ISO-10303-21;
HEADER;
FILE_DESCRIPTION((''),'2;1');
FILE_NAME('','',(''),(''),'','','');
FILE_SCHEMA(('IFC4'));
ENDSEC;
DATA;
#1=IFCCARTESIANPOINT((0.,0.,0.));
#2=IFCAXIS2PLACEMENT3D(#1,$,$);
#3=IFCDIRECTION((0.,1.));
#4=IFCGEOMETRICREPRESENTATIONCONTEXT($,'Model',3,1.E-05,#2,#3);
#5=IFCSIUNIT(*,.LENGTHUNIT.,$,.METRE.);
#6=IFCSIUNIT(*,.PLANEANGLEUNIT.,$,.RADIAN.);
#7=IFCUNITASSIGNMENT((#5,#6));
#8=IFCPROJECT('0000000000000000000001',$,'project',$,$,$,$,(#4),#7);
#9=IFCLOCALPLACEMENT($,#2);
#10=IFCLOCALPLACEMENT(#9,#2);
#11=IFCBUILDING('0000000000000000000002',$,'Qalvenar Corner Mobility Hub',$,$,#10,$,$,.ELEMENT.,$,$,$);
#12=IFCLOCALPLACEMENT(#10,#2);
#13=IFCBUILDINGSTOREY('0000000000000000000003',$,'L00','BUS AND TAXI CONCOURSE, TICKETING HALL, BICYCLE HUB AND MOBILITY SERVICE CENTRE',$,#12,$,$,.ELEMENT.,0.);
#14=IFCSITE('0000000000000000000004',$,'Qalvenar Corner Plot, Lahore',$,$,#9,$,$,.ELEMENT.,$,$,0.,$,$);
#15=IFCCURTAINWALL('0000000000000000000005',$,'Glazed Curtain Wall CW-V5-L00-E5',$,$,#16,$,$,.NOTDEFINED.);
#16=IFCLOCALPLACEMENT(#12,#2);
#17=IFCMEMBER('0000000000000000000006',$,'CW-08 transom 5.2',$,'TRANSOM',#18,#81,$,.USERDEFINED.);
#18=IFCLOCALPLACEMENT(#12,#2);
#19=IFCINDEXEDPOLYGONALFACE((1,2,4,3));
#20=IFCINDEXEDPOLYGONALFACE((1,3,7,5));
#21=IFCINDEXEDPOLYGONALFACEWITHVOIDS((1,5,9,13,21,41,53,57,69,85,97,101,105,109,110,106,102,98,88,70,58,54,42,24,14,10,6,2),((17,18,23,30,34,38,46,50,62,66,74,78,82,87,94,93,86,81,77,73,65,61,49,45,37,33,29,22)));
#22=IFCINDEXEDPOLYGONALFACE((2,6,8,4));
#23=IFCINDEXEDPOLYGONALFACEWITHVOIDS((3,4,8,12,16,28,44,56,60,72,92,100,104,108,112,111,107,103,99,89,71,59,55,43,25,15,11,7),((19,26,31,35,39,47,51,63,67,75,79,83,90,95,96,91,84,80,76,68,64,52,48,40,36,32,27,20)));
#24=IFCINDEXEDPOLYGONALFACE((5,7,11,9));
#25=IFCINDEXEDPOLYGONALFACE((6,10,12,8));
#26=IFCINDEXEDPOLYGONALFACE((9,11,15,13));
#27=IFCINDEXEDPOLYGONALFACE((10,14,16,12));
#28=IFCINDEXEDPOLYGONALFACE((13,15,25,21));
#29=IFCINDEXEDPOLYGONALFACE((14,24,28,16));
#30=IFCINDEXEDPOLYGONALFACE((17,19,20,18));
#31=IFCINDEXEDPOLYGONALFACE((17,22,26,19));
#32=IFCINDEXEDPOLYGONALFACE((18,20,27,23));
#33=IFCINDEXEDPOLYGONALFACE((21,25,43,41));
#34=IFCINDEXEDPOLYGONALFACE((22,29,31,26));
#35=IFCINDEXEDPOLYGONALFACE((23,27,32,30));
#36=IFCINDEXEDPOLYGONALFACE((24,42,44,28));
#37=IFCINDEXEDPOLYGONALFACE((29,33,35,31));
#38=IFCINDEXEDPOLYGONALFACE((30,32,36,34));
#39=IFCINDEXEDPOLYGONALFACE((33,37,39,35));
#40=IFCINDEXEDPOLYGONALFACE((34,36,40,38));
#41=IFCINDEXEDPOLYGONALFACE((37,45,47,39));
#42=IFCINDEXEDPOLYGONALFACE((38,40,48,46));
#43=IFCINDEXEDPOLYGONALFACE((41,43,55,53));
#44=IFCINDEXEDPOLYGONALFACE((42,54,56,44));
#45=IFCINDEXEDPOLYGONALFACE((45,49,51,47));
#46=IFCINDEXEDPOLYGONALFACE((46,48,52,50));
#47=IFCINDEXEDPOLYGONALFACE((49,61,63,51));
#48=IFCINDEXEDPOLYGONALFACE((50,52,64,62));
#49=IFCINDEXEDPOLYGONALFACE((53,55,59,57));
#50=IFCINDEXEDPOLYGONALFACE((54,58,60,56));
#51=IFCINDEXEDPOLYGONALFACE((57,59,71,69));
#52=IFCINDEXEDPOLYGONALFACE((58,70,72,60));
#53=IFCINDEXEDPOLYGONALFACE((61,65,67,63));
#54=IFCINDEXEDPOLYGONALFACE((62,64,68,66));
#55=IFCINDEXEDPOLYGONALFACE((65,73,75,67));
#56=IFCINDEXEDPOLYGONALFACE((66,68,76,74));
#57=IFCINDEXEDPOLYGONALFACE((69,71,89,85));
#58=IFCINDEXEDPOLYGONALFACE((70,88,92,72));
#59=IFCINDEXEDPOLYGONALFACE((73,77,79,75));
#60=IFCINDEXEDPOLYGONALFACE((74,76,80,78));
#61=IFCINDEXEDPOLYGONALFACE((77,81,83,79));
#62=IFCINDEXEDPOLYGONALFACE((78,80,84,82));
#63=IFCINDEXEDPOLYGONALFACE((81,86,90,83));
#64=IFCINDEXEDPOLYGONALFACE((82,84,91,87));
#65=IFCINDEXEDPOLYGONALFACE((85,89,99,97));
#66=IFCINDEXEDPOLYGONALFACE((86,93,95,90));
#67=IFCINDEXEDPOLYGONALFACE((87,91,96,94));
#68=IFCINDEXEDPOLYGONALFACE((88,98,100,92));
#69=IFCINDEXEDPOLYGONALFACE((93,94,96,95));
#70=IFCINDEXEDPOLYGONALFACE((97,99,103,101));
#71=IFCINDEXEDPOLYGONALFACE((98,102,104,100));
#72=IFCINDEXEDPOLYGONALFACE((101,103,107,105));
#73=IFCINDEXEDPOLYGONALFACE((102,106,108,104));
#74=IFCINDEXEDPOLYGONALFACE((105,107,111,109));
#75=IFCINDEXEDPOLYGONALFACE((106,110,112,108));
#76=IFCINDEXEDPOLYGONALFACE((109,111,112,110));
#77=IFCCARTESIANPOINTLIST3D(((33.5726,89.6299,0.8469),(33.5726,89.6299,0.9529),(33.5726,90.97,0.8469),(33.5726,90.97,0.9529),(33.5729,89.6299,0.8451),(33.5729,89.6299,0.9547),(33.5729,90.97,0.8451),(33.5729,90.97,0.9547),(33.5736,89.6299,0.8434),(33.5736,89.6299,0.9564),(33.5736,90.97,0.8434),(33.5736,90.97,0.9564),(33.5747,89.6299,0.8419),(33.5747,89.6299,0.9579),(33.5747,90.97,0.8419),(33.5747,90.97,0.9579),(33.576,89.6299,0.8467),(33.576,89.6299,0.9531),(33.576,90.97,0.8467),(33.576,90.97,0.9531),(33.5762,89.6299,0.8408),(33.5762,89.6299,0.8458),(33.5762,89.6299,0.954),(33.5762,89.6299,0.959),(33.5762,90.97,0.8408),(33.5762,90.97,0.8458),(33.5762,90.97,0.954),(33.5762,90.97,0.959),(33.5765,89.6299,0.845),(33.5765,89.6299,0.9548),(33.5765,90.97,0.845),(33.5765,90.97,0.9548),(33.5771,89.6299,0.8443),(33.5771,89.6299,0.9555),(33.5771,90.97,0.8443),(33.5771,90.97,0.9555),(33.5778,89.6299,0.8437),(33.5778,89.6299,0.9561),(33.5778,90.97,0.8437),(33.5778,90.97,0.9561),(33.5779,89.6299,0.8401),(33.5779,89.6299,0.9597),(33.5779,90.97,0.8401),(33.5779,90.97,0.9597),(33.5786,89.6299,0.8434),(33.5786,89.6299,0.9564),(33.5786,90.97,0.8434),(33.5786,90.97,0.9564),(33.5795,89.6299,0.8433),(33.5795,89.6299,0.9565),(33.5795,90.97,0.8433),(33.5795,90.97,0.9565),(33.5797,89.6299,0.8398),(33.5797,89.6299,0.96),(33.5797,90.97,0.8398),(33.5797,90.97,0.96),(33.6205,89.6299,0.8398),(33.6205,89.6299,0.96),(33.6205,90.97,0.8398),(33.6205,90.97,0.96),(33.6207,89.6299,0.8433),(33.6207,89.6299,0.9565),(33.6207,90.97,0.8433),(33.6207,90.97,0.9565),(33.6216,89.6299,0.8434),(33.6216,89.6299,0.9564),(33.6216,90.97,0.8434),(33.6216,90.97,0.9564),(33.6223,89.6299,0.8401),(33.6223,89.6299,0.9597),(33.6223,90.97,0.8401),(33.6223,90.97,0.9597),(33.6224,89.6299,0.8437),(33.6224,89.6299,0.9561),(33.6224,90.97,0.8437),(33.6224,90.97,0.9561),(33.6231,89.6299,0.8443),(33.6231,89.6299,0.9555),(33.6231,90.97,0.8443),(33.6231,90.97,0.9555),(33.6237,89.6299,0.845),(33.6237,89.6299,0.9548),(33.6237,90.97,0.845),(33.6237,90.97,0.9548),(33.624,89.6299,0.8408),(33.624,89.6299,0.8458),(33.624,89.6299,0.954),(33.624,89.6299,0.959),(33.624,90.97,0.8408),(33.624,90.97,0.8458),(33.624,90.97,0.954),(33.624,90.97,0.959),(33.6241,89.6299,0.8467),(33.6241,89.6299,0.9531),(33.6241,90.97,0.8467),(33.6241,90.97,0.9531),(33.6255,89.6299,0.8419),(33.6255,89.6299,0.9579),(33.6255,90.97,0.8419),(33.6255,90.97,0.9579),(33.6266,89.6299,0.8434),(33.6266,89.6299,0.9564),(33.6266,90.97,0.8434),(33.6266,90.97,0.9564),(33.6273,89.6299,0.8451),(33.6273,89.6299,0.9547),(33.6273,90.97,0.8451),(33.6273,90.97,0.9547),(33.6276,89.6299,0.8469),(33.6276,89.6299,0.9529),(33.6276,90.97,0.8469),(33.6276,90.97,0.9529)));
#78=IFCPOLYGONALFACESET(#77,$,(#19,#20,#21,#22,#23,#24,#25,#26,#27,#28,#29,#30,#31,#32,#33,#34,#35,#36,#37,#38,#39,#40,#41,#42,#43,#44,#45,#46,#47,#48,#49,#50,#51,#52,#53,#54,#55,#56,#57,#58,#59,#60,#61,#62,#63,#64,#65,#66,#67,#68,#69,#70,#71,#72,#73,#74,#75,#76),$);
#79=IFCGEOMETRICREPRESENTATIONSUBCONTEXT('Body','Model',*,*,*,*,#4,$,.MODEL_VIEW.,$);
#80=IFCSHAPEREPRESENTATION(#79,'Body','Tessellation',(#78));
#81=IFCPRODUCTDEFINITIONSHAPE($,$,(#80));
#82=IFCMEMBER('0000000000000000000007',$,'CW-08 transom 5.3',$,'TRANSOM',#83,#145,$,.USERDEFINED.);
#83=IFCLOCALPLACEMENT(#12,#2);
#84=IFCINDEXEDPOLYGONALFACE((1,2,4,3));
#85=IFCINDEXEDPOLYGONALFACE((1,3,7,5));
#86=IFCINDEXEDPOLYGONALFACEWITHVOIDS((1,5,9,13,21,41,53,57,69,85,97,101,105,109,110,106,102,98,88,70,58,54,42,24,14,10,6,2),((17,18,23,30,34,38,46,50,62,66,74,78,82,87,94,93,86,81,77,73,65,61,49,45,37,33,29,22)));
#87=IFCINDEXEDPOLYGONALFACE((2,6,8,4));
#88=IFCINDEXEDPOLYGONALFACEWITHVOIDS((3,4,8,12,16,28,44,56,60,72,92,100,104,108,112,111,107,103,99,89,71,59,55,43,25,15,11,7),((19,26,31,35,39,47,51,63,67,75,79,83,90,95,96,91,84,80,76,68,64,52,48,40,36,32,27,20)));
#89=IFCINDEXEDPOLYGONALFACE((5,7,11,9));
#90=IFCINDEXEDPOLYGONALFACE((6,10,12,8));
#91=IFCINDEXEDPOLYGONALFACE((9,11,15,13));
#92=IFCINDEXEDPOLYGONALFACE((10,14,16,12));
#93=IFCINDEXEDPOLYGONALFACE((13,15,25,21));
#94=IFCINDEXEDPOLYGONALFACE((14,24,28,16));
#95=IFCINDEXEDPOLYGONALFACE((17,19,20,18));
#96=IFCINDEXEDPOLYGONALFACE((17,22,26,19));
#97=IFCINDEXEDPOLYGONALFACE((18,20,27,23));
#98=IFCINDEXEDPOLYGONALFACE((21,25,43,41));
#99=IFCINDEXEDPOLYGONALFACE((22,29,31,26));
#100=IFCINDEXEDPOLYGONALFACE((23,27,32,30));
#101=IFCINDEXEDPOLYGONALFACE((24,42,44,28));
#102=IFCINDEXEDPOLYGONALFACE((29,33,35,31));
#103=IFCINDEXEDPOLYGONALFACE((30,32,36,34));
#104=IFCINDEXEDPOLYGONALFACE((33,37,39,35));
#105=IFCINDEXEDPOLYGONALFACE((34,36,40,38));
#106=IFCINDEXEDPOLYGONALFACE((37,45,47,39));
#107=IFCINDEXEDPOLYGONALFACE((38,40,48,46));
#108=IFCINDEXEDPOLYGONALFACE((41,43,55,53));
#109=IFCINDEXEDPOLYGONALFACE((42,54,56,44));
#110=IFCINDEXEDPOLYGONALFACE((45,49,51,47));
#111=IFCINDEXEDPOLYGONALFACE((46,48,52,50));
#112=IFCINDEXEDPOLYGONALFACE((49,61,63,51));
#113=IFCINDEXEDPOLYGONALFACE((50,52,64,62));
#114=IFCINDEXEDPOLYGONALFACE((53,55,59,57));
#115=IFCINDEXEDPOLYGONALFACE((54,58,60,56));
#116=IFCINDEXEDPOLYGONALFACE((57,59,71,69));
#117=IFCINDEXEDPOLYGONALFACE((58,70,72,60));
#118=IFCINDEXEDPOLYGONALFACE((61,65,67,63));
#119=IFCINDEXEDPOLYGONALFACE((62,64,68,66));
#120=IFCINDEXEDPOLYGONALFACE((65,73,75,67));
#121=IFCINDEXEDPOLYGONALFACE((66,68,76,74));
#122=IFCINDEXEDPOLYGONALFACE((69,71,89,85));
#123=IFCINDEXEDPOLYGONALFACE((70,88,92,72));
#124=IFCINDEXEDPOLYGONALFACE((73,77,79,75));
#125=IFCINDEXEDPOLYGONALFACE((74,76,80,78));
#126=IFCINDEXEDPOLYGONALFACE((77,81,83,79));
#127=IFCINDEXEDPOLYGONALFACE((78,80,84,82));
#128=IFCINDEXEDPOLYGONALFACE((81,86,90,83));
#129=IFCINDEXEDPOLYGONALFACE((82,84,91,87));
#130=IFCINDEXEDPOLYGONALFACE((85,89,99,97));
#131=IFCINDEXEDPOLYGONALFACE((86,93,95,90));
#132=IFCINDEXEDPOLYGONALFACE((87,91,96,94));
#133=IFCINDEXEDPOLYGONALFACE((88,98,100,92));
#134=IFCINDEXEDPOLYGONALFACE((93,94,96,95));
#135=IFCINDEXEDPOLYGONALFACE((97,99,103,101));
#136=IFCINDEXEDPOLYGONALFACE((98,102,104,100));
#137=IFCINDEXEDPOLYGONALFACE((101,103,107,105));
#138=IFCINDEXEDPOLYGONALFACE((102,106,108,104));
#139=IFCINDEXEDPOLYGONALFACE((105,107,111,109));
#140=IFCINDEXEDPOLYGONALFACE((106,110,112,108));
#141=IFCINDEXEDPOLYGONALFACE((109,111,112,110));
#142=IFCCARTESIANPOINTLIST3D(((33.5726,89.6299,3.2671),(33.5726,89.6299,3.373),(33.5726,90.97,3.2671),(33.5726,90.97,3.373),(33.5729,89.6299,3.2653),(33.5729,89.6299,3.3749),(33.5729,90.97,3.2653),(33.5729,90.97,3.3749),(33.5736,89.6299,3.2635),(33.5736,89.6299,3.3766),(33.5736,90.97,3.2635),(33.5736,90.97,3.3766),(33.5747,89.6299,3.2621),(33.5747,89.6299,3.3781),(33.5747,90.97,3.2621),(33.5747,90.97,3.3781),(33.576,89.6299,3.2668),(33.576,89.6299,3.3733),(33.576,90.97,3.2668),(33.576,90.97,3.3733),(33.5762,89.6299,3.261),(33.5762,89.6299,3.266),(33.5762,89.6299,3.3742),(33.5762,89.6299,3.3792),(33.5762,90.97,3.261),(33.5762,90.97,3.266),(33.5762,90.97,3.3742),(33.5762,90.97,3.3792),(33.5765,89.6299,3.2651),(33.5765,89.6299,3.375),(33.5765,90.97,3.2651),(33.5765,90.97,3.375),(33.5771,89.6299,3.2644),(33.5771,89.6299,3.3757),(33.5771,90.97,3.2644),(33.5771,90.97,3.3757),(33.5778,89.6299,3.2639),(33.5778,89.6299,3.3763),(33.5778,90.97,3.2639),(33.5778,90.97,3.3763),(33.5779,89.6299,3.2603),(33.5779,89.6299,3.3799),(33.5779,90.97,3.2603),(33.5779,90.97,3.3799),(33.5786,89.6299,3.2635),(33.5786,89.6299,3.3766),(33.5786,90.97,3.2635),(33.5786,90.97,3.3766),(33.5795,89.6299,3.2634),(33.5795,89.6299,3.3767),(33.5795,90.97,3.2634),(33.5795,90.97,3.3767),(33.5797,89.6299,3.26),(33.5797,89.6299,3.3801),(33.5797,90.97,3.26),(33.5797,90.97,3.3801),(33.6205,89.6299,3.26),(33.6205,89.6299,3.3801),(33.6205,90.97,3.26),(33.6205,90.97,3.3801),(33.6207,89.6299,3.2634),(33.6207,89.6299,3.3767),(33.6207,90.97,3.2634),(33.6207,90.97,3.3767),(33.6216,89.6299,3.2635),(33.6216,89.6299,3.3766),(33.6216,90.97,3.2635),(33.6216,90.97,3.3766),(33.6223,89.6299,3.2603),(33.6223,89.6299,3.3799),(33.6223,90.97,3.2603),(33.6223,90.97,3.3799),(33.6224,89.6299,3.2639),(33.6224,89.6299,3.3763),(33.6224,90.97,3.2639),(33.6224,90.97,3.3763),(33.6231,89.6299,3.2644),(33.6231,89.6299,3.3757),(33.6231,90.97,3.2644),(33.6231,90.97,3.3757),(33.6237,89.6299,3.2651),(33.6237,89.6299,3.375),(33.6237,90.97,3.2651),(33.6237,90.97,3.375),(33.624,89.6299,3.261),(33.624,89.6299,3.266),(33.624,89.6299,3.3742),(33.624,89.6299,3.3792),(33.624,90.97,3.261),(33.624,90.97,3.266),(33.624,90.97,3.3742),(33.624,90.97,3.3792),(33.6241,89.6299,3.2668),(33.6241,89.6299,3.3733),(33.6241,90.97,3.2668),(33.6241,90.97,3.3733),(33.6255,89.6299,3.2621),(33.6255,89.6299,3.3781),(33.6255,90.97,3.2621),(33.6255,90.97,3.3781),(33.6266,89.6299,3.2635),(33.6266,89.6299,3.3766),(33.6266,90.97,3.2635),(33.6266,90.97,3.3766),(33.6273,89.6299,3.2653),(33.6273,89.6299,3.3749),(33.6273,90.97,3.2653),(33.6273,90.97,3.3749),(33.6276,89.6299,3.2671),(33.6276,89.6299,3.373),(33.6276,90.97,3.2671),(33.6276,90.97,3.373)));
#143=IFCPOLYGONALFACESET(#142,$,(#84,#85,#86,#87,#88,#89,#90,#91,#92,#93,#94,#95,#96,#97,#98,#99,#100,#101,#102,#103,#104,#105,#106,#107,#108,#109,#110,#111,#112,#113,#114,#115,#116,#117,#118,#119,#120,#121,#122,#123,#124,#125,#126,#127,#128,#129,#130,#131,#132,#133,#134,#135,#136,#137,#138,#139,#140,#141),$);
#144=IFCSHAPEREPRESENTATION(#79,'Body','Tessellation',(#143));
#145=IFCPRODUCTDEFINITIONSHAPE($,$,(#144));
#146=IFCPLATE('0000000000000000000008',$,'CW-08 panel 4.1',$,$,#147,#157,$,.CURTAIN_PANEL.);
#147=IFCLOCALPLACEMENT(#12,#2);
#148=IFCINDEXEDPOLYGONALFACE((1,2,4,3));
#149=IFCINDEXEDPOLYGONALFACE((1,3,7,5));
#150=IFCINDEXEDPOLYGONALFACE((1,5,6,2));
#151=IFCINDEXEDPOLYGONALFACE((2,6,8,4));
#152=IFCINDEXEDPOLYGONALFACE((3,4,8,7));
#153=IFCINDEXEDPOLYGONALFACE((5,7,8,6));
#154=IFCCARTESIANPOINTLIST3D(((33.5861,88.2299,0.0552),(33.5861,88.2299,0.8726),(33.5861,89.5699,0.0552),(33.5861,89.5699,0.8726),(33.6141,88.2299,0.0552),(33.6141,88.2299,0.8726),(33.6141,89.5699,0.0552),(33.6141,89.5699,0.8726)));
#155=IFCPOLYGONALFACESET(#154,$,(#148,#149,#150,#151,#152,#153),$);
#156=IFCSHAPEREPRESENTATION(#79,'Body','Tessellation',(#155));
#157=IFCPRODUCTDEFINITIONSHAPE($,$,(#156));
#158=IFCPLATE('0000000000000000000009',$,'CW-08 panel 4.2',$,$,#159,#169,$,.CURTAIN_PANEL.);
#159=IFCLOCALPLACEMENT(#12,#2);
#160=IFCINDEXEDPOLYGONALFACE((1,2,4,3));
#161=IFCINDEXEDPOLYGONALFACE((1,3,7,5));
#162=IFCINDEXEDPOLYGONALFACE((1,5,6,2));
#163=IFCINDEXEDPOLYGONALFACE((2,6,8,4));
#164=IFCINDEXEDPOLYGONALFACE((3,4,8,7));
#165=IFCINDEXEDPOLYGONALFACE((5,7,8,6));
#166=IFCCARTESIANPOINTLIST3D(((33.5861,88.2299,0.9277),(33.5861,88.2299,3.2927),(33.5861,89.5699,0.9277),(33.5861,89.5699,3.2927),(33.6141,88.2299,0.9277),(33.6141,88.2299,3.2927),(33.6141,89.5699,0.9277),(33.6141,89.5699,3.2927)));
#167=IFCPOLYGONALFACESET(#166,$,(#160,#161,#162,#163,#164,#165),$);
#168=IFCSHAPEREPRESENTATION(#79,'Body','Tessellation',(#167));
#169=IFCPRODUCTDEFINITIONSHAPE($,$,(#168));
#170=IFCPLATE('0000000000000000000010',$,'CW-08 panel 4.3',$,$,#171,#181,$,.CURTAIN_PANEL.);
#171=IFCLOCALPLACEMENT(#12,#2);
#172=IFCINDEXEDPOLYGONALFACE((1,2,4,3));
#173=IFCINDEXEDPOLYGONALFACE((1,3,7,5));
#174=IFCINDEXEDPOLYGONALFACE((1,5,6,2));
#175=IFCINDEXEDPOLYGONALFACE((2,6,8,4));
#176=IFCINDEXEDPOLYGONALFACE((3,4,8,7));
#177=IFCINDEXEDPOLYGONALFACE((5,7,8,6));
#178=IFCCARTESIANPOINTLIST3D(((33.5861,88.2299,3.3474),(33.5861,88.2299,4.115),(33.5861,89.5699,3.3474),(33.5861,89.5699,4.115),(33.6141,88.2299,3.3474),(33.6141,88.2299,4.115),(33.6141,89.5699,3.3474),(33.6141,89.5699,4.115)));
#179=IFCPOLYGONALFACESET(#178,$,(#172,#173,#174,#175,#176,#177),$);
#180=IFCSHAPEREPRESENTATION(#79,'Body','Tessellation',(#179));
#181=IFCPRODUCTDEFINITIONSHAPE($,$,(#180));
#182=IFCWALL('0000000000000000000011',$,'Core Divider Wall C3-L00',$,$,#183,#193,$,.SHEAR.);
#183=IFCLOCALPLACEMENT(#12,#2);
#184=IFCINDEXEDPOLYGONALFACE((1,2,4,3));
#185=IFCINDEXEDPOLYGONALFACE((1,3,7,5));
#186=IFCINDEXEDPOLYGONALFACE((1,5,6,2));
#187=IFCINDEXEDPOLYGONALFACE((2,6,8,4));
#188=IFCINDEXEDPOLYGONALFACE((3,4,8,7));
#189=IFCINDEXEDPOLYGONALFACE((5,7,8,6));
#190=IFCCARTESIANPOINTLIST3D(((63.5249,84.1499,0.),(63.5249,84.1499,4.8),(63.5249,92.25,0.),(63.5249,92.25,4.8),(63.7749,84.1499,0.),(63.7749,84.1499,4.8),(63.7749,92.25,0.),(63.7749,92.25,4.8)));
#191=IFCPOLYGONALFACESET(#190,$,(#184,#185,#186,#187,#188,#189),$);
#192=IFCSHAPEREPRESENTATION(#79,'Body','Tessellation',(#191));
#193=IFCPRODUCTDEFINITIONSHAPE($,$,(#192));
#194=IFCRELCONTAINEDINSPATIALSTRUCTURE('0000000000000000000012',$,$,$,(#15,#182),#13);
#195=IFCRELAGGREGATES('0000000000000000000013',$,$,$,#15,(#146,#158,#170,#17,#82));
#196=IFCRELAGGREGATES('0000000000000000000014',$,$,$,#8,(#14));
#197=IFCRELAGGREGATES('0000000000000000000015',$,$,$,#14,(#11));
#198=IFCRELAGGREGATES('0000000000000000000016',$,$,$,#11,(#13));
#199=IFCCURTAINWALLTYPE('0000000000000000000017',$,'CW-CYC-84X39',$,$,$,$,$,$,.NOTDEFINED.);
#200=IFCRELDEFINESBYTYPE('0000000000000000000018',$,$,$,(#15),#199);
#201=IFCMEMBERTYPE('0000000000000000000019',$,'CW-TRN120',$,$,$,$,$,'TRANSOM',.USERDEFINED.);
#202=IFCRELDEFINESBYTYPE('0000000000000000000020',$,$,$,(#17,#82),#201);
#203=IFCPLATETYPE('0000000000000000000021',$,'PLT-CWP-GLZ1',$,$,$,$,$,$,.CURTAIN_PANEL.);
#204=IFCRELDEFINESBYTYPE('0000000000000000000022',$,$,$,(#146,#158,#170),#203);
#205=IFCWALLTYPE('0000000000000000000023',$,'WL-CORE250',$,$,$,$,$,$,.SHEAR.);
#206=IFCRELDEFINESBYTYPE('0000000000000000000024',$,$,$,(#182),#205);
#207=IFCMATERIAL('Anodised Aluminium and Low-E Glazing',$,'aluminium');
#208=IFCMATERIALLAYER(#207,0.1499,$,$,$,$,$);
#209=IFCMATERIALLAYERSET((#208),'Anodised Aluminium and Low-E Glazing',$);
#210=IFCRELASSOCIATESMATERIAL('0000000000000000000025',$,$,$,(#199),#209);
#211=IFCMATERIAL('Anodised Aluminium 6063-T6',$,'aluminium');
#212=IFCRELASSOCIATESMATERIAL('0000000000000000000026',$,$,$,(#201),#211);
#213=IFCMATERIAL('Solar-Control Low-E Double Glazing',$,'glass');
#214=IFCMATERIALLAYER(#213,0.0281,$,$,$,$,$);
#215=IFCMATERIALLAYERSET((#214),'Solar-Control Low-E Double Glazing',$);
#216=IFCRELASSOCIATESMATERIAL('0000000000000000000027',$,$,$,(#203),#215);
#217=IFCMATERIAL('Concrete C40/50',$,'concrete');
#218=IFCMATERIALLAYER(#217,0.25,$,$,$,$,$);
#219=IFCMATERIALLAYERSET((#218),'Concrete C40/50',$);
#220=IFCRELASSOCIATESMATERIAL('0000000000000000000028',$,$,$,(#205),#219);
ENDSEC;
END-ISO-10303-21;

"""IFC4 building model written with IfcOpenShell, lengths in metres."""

from ifc_helpers import new_model, si_unit, direction, frame, frame_2d, origin, origin_2d, place, context, subcontext, project, spatial, rectangle, hollow_rectangle, extrude, material, layer, layer_set, material_profile, profile_set, type_object, element, aggregate, save


model = new_model("IFC4")

# Units and contexts
model_context = context("Model", 3, precision=1e-05, world=origin(), true_north=direction((0.0, 1.0)))
body_context = subcontext(model_context, "Body", "Model", "MODEL_VIEW")
ifc_project = project(units=[si_unit("LENGTHUNIT", "METRE"), si_unit("PLANEANGLEUNIT", "RADIAN")], contexts=[model_context])

# Site, building, storey
site_placement = place(None, origin())
site = spatial("IfcSite", under=ifc_project, at=site_placement, Name="Qalvenar Corner Plot, Lahore", CompositionType="ELEMENT", RefElevation=0.0)
building_placement = place(site_placement, origin())
building = spatial("IfcBuilding", under=site, at=building_placement, Name="Qalvenar Corner Mobility Hub", CompositionType="ELEMENT")
storey_placement = place(building_placement, origin())
storey = spatial("IfcBuildingStorey", under=building, at=storey_placement, Name="L00", Description="BUS AND TAXI CONCOURSE, TICKETING HALL, BICYCLE HUB AND MOBILITY SERVICE CENTRE", CompositionType="ELEMENT", Elevation=0.0)

# Curtain wall, members, plates
ifc_material_1 = material(Name="Anodised Aluminium and Low-E Glazing", Category="aluminium")
ifc_layer_1 = layer(ifc_material_1, 0.1499)
ifc_layer_set_1 = layer_set([ifc_layer_1], Name="Anodised Aluminium and Low-E Glazing")
curtain_wall_type = type_object("IfcCurtainWallType", Name="CW-CYC-84X39", PredefinedType="NOTDEFINED", material=ifc_layer_set_1)
curtain_wall_placement = place(storey_placement, origin())
curtain_wall = element("IfcCurtainWall", 1, at=curtain_wall_placement, inside=storey, type_object=curtain_wall_type, Name="Glazed Curtain Wall CW-V5-L00-E5", PredefinedType="NOTDEFINED")
ifc_material_2 = material(Name="Anodised Aluminium 6063-T6", Category="aluminium")
ifc_material_profile_1 = material_profile(ifc_material_2, hollow_rectangle(XDim=0.0549, YDim=0.1201, WallThickness=0.0034, InnerFilletRadius=0.0034, OuterFilletRadius=0.0071, at=origin_2d()), Name="RHS120x55x3.5")
ifc_profile_set_1 = profile_set([ifc_material_profile_1], Name="Anodised Aluminium 6063-T6")
member_type_1 = type_object("IfcMemberType", Name="CW-TRN120", ElementType="TRANSOM", PredefinedType="USERDEFINED", material=ifc_profile_set_1)
member_1_placement = place(storey_placement, frame((33.6001, 89.6299, 0.8999), z_axis=(0.0, 1.0, 0.0), x_axis=(-1.0, 0.0, 0.0)))
member_1 = element("IfcMember", 2, at=member_1_placement, type_object=member_type_1, Name="CW-08 transom 5.2", ObjectType="TRANSOM", PredefinedType="USERDEFINED", context=body_context, shape_type="SweptSolid", body=[
    extrude(hollow_rectangle(XDim=0.0549, YDim=0.1201, WallThickness=0.0034, InnerFilletRadius=0.0034, OuterFilletRadius=0.0071, at=origin_2d()), origin(), (0.0, 0.0, 1.0), 1.3401),
])
member_2_placement = place(storey_placement, frame((33.6001, 89.6299, 3.3201), z_axis=(0.0, 1.0, 0.0), x_axis=(-1.0, 0.0, 0.0)))
member_2 = element("IfcMember", 3, at=member_2_placement, type_object=member_type_1, Name="CW-08 transom 5.3", ObjectType="TRANSOM", PredefinedType="USERDEFINED", context=body_context, shape_type="SweptSolid", body=[
    extrude(hollow_rectangle(XDim=0.0549, YDim=0.1201, WallThickness=0.0034, InnerFilletRadius=0.0034, OuterFilletRadius=0.0071, at=origin_2d()), origin(), (0.0, 0.0, 1.0), 1.3401),
])
ifc_material_3 = material(Name="Solar-Control Low-E Double Glazing", Category="glass")
ifc_layer_2 = layer(ifc_material_3, 0.0281)
ifc_layer_set_2 = layer_set([ifc_layer_2], Name="Solar-Control Low-E Double Glazing")
plate_type = type_object("IfcPlateType", Name="PLT-CWP-GLZ1", PredefinedType="CURTAIN_PANEL", material=ifc_layer_set_2)
plate_1_placement = place(storey_placement, frame((33.6001, 88.8999, 0.0552), z_axis=(0.0, 0.0, 1.0), x_axis=(0.0, 1.0, 0.0)))
plate_1 = element("IfcPlate", 4, at=plate_1_placement, type_object=plate_type, Name="CW-08 panel 4.1", PredefinedType="CURTAIN_PANEL", context=body_context, shape_type="SweptSolid", body=[
    extrude(rectangle(XDim=1.3401, YDim=0.0281, at=origin_2d()), origin(), (0.0, 0.0, 1.0), 0.8174),
])
plate_2_placement = place(storey_placement, frame((33.6001, 88.8999, 0.9277), z_axis=(0.0, 0.0, 1.0), x_axis=(0.0, 1.0, 0.0)))
plate_2 = element("IfcPlate", 5, at=plate_2_placement, type_object=plate_type, Name="CW-08 panel 4.2", PredefinedType="CURTAIN_PANEL", context=body_context, shape_type="SweptSolid", body=[
    extrude(rectangle(XDim=1.3401, YDim=0.0281, at=origin_2d()), origin(), (0.0, 0.0, 1.0), 2.365),
])
plate_3_placement = place(storey_placement, frame((33.6001, 88.8999, 3.3474), z_axis=(0.0, 0.0, 1.0), x_axis=(0.0, 1.0, 0.0)))
plate_3 = element("IfcPlate", 6, at=plate_3_placement, type_object=plate_type, Name="CW-08 panel 4.3", PredefinedType="CURTAIN_PANEL", context=body_context, shape_type="SweptSolid", body=[
    extrude(rectangle(XDim=1.3401, YDim=0.0281, at=origin_2d()), origin(), (0.0, 0.0, 1.0), 0.7676),
])
aggregate(curtain_wall, [plate_1, plate_2, plate_3, member_1, member_2])

# Wall
ifc_material_4 = material(Name="Concrete C40/50", Category="concrete")
ifc_layer_3 = layer(ifc_material_4, 0.25)
ifc_layer_set_3 = layer_set([ifc_layer_3], Name="Concrete C40/50")
wall_type_1 = type_object("IfcWallType", Name="WL-CORE250", PredefinedType="SHEAR", material=ifc_layer_set_3)
wall_1_placement = place(storey_placement, frame((63.6499, 84.1499, 0.0), z_axis=(0.0, 0.0, 1.0), x_axis=(0.0, 1.0, 0.0)))
element("IfcWall", 7, at=wall_1_placement, inside=storey, type_object=wall_type_1, Name="Core Divider Wall C3-L00", PredefinedType="SHEAR", context=body_context, shape_type="SweptSolid", body=[
    extrude(rectangle(XDim=8.1001, YDim=0.25, at=frame_2d((4.05, 0.0))), origin(), (0.0, 0.0, 1.0), 4.8),
])

save(model, "model.ifc")
